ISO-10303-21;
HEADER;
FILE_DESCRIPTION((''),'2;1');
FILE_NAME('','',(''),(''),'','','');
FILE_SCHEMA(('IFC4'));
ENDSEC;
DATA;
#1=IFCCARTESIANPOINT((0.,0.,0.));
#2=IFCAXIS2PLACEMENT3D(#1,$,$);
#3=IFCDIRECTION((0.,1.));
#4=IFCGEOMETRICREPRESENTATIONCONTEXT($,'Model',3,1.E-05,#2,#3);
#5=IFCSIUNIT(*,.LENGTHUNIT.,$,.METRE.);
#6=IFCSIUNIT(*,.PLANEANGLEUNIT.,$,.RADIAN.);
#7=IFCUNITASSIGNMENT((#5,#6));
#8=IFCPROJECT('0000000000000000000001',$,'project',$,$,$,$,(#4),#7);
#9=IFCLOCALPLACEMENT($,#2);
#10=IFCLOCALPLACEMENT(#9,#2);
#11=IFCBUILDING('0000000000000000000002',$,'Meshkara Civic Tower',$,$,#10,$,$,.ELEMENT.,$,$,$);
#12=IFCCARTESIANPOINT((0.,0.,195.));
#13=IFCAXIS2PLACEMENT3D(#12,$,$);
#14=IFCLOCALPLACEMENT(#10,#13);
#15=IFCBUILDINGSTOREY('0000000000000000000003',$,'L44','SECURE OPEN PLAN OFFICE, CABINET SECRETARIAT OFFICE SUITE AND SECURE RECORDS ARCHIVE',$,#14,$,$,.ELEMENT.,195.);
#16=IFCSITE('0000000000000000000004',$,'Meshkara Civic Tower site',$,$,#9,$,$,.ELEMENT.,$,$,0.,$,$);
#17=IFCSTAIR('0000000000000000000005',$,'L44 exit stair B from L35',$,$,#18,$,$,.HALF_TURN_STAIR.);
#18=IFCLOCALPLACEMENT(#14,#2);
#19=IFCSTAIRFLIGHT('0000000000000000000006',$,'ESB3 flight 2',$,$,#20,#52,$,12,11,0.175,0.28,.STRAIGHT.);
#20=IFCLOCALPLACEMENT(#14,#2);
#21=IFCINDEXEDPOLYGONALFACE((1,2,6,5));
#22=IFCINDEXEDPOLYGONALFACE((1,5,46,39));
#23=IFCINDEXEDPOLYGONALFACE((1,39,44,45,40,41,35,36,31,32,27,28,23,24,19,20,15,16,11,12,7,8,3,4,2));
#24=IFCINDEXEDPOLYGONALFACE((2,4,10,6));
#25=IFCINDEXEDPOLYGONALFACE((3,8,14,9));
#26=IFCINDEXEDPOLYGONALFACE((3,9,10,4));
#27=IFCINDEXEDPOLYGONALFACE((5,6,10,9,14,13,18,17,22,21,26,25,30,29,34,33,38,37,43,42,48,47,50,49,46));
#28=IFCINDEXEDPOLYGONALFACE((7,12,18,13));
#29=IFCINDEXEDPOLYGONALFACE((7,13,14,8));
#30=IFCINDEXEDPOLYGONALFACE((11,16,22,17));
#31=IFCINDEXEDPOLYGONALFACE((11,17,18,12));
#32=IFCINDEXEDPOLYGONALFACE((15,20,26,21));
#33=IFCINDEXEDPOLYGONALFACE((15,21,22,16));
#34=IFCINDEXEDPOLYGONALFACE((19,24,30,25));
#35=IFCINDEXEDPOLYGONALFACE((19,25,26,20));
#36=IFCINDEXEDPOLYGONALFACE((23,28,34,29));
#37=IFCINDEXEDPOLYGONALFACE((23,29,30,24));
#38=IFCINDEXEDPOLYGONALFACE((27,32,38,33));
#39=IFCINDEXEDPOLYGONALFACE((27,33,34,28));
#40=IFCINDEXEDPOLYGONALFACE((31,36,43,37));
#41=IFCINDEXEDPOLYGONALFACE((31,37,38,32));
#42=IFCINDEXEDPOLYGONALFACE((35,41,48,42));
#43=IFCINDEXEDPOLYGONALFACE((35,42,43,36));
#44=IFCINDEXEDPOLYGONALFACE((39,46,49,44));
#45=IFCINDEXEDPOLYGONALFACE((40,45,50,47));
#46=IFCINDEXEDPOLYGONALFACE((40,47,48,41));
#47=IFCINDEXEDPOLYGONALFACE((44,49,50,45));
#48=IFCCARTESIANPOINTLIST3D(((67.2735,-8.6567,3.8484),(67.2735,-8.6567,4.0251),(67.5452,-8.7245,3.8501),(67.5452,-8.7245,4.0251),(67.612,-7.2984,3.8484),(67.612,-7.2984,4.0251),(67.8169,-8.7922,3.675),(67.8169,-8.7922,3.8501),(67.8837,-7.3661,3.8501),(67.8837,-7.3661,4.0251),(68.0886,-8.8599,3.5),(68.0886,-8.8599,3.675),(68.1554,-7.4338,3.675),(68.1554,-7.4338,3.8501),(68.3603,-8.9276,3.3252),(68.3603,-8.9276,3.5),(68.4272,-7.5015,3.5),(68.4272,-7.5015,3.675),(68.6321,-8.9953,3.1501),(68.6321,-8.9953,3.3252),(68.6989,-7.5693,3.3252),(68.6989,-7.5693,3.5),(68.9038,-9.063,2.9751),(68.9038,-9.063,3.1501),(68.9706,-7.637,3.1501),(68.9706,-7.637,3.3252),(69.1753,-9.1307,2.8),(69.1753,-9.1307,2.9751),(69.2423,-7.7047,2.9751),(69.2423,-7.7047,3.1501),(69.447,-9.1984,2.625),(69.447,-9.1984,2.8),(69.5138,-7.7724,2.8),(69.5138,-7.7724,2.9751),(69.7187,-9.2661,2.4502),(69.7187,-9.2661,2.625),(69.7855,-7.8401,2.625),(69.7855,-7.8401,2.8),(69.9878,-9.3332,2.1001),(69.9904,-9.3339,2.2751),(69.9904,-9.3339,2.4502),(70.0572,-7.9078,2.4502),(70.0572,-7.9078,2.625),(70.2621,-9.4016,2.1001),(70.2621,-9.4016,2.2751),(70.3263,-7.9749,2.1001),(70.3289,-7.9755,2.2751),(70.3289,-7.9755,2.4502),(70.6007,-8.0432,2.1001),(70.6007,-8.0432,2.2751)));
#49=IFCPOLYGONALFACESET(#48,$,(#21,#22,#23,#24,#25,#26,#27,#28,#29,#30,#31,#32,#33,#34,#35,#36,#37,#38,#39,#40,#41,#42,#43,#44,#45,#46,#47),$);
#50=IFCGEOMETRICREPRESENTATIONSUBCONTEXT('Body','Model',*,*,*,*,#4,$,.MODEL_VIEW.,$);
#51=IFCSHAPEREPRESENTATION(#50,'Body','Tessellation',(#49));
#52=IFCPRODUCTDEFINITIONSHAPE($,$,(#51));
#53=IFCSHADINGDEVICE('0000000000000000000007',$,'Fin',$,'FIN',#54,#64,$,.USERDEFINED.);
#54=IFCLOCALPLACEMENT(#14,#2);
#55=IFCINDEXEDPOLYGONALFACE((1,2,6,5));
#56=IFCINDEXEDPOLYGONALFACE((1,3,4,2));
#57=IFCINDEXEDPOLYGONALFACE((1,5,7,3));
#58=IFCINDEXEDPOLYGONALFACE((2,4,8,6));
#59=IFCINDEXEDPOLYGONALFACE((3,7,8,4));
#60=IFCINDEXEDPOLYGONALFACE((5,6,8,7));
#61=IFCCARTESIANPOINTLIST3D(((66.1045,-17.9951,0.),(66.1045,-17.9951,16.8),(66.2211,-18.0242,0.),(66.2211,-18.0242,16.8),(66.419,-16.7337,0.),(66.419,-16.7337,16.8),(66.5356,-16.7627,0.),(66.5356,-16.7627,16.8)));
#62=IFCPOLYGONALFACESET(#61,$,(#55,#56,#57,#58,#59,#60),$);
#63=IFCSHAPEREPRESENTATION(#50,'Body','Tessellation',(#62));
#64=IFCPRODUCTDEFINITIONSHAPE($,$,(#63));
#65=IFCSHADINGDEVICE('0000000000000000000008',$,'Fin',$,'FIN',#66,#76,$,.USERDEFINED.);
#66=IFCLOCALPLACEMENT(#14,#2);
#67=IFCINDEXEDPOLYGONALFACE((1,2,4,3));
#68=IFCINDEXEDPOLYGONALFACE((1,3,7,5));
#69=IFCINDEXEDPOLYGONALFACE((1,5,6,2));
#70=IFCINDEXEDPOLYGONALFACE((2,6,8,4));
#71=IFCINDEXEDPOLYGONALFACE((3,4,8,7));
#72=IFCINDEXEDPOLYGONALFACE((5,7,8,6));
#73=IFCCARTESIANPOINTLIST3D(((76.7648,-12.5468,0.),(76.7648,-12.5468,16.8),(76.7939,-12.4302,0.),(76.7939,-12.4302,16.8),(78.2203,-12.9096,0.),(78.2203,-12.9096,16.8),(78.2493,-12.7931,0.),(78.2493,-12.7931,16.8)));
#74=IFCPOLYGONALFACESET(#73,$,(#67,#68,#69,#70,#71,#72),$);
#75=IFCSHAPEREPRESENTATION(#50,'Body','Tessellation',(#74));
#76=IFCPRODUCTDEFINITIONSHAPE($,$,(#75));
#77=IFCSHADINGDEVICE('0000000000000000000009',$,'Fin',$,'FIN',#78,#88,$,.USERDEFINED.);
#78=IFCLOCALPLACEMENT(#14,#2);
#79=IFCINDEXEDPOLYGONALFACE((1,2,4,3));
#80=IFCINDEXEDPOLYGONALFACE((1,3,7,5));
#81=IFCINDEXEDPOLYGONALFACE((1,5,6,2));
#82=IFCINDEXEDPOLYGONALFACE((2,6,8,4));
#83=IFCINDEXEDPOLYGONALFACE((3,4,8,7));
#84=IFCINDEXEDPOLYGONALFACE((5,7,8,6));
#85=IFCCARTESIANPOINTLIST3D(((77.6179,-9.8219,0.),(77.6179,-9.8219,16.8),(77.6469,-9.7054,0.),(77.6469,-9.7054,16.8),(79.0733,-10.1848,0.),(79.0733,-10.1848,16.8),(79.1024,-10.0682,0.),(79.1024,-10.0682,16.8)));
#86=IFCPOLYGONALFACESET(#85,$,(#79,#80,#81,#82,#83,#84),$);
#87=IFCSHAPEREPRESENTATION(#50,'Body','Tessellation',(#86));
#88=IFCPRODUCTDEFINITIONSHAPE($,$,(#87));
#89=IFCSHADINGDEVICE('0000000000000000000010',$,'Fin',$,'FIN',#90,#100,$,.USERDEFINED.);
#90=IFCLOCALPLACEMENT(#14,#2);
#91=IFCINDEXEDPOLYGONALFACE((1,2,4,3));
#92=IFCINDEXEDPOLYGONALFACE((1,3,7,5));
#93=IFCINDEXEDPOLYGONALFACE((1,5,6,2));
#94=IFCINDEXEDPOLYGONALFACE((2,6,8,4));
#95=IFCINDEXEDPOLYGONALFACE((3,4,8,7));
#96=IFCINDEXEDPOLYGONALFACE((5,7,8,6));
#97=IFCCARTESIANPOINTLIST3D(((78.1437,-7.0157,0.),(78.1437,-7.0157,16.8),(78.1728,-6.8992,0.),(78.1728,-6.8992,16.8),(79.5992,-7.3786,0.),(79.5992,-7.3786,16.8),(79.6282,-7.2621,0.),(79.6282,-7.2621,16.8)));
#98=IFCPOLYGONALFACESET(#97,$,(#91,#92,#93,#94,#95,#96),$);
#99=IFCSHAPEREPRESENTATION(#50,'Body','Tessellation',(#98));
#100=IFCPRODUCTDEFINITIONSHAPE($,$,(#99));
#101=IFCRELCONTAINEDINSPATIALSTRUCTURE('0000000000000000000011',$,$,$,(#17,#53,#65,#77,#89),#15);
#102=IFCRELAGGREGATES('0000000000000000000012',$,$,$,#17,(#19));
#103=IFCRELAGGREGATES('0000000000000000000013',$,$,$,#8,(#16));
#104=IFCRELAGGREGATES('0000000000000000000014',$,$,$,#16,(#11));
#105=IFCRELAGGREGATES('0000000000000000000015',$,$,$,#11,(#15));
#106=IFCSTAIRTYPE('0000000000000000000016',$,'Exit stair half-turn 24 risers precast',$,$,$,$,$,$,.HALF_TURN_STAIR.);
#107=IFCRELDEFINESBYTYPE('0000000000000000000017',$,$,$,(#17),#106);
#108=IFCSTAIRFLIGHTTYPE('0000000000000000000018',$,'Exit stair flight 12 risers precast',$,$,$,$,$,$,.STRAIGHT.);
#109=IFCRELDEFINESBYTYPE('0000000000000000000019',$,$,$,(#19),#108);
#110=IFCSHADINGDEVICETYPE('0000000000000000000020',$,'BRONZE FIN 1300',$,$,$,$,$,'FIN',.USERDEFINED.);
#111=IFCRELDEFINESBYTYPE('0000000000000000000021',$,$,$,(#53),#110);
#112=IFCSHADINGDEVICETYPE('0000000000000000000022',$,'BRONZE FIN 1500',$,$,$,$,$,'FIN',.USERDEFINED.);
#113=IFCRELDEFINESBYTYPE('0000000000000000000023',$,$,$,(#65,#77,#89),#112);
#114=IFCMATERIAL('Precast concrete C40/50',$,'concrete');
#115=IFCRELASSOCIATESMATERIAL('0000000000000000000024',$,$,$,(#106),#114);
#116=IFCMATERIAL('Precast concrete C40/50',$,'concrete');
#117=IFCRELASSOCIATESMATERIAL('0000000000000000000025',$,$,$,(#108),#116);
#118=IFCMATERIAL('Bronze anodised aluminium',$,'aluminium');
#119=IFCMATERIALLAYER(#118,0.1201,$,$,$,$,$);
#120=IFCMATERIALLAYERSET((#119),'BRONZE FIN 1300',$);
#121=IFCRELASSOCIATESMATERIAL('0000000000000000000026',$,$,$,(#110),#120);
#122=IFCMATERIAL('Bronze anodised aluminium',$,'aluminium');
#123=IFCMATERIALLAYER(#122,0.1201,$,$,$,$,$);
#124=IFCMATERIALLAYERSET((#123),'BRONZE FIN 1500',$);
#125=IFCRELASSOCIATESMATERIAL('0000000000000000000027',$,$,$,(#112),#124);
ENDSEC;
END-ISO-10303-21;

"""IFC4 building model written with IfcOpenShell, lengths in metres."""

from ifc_helpers import new_model, si_unit, direction, frame, origin, origin_2d, place, context, subcontext, project, spatial, polyline, rectangle, outline, extrude, material, layer, layer_set, type_object, element, aggregate, save


model = new_model("IFC4")

# Units and contexts
model_context = context("Model", 3, precision=1e-05, world=origin(), true_north=direction((0.0, 1.0)))
body_context = subcontext(model_context, "Body", "Model", "MODEL_VIEW")
ifc_project = project(units=[si_unit("LENGTHUNIT", "METRE"), si_unit("PLANEANGLEUNIT", "RADIAN")], contexts=[model_context])

# Site, building, storey
site_placement = place(None, origin())
site = spatial("IfcSite", under=ifc_project, at=site_placement, Name="Meshkara Civic Tower site", CompositionType="ELEMENT", RefElevation=0.0)
building_placement = place(site_placement, origin())
building = spatial("IfcBuilding", under=site, at=building_placement, Name="Meshkara Civic Tower", CompositionType="ELEMENT")
storey_placement = place(building_placement, frame((0.0, 0.0, 195.0)))
storey = spatial("IfcBuildingStorey", under=building, at=storey_placement, Name="L44", Description="SECURE OPEN PLAN OFFICE, CABINET SECRETARIAT OFFICE SUITE AND SECURE RECORDS ARCHIVE", CompositionType="ELEMENT", Elevation=195.0)

# Stair, stair flight
ifc_material_1 = material(Name="Precast concrete C40/50", Category="concrete")
stair_type = type_object("IfcStairType", Name="Exit stair half-turn 24 risers precast", PredefinedType="HALF_TURN_STAIR", material=ifc_material_1)
stair_placement = place(storey_placement, origin())
stair = element("IfcStair", 1, at=stair_placement, inside=storey, type_object=stair_type, Name="L44 exit stair B from L35", PredefinedType="HALF_TURN_STAIR")
ifc_material_2 = material(Name="Precast concrete C40/50", Category="concrete")
stair_flight_type = type_object("IfcStairFlightType", Name="Exit stair flight 12 risers precast", PredefinedType="STRAIGHT", material=ifc_material_2)
stair_flight_1_placement = place(storey_placement, frame((70.4314, -8.7224, 2.1001), z_axis=(0.0, 0.0, 1.0), x_axis=(-0.970319, 0.24183, 0.0)))
stair_flight_1 = element("IfcStairFlight", 2, at=stair_flight_1_placement, type_object=stair_flight_type, Name="ESB3 flight 2", NumberOfRisers=12, NumberOfTreads=11, PredefinedType="STRAIGHT", RiserHeight=0.175, TreadLength=0.28, context=body_context, shape_type="SweptSolid", body=[
    extrude(outline(polyline([(0.0, 0.0), (0.0, 0.175), (0.28, 0.175), (0.28, 0.3501), (0.5601, 0.3501), (0.5601, 0.5249), (0.8401, 0.5249), (0.8401, 0.7), (1.1201, 0.7), (1.1201, 0.875), (1.3999, 0.875), (1.3999, 1.05), (1.6799, 1.05), (1.6799, 1.2251), (1.96, 1.2251), (1.96, 1.3999), (2.24, 1.3999), (2.24, 1.575), (2.52, 1.575), (2.52, 1.75), (2.8, 1.75), (2.8, 1.925), (3.0801, 1.925), (3.0801, 2.1001), (3.0801, 1.7483), (0.2827, 0.0), (0.0, 0.0)])), frame((0.0, 0.7, 0.0), z_axis=(0.0, -1.0, 0.0), x_axis=(1.0, 0.0, 0.0)), (0.0, 0.0, 1.0), 1.3999),
])
aggregate(stair, [stair_flight_1])

# Shading devices
ifc_material_3 = material(Name="Bronze anodised aluminium", Category="aluminium")
ifc_layer_1 = layer(ifc_material_3, 0.1201)
ifc_layer_set_1 = layer_set([ifc_layer_1], Name="BRONZE FIN 1300")
shading_device_type_1 = type_object("IfcShadingDeviceType", Name="BRONZE FIN 1300", ElementType="FIN", PredefinedType="USERDEFINED", material=ifc_layer_set_1)
shading_device_placement = place(storey_placement, frame((66.3201, -17.3789, 0.0), z_axis=(0.0, 0.0, 1.0), x_axis=(0.9703, -0.241905, 0.0)))
element("IfcShadingDevice", 3, at=shading_device_placement, inside=storey, type_object=shading_device_type_1, Name="Fin", ObjectType="FIN", PredefinedType="USERDEFINED", context=body_context, shape_type="SweptSolid", body=[
    extrude(rectangle(XDim=0.1201, YDim=1.3, at=origin_2d()), origin(), (0.0, 0.0, 1.0), 16.8),
])
ifc_material_4 = material(Name="Bronze anodised aluminium", Category="aluminium")
ifc_layer_2 = layer(ifc_material_4, 0.1201)
ifc_layer_set_2 = layer_set([ifc_layer_2], Name="BRONZE FIN 1500")
shading_device_type_2 = type_object("IfcShadingDeviceType", Name="BRONZE FIN 1500", ElementType="FIN", PredefinedType="USERDEFINED", material=ifc_layer_set_2)
for number, where, z_axis, x_axis, name in (
    (4, (77.5071, -12.6699, 0.0), (0.0, 0.0, 1.0), (0.241922, 0.970296, 0.0), "Fin"),
    (5, (78.3601, -9.9451, 0.0), (0.0, 0.0, 1.0), (0.241922, 0.970296, 0.0), "Fin"),
    (6, (78.886, -7.1389, 0.0), (0.0, 0.0, 1.0), (0.241922, 0.970296, 0.0), "Fin"),
):
    element("IfcShadingDevice", number, at=place(storey_placement, frame(where, z_axis=z_axis, x_axis=x_axis)), inside=storey, type_object=shading_device_type_2, Name=name, ObjectType="FIN", PredefinedType="USERDEFINED", context=body_context, shape_type="SweptSolid", body=[
        extrude(rectangle(XDim=0.1201, YDim=1.5, at=origin_2d()), origin(), (0.0, 0.0, 1.0), 16.8),
    ])

save(model, "model.ifc")
